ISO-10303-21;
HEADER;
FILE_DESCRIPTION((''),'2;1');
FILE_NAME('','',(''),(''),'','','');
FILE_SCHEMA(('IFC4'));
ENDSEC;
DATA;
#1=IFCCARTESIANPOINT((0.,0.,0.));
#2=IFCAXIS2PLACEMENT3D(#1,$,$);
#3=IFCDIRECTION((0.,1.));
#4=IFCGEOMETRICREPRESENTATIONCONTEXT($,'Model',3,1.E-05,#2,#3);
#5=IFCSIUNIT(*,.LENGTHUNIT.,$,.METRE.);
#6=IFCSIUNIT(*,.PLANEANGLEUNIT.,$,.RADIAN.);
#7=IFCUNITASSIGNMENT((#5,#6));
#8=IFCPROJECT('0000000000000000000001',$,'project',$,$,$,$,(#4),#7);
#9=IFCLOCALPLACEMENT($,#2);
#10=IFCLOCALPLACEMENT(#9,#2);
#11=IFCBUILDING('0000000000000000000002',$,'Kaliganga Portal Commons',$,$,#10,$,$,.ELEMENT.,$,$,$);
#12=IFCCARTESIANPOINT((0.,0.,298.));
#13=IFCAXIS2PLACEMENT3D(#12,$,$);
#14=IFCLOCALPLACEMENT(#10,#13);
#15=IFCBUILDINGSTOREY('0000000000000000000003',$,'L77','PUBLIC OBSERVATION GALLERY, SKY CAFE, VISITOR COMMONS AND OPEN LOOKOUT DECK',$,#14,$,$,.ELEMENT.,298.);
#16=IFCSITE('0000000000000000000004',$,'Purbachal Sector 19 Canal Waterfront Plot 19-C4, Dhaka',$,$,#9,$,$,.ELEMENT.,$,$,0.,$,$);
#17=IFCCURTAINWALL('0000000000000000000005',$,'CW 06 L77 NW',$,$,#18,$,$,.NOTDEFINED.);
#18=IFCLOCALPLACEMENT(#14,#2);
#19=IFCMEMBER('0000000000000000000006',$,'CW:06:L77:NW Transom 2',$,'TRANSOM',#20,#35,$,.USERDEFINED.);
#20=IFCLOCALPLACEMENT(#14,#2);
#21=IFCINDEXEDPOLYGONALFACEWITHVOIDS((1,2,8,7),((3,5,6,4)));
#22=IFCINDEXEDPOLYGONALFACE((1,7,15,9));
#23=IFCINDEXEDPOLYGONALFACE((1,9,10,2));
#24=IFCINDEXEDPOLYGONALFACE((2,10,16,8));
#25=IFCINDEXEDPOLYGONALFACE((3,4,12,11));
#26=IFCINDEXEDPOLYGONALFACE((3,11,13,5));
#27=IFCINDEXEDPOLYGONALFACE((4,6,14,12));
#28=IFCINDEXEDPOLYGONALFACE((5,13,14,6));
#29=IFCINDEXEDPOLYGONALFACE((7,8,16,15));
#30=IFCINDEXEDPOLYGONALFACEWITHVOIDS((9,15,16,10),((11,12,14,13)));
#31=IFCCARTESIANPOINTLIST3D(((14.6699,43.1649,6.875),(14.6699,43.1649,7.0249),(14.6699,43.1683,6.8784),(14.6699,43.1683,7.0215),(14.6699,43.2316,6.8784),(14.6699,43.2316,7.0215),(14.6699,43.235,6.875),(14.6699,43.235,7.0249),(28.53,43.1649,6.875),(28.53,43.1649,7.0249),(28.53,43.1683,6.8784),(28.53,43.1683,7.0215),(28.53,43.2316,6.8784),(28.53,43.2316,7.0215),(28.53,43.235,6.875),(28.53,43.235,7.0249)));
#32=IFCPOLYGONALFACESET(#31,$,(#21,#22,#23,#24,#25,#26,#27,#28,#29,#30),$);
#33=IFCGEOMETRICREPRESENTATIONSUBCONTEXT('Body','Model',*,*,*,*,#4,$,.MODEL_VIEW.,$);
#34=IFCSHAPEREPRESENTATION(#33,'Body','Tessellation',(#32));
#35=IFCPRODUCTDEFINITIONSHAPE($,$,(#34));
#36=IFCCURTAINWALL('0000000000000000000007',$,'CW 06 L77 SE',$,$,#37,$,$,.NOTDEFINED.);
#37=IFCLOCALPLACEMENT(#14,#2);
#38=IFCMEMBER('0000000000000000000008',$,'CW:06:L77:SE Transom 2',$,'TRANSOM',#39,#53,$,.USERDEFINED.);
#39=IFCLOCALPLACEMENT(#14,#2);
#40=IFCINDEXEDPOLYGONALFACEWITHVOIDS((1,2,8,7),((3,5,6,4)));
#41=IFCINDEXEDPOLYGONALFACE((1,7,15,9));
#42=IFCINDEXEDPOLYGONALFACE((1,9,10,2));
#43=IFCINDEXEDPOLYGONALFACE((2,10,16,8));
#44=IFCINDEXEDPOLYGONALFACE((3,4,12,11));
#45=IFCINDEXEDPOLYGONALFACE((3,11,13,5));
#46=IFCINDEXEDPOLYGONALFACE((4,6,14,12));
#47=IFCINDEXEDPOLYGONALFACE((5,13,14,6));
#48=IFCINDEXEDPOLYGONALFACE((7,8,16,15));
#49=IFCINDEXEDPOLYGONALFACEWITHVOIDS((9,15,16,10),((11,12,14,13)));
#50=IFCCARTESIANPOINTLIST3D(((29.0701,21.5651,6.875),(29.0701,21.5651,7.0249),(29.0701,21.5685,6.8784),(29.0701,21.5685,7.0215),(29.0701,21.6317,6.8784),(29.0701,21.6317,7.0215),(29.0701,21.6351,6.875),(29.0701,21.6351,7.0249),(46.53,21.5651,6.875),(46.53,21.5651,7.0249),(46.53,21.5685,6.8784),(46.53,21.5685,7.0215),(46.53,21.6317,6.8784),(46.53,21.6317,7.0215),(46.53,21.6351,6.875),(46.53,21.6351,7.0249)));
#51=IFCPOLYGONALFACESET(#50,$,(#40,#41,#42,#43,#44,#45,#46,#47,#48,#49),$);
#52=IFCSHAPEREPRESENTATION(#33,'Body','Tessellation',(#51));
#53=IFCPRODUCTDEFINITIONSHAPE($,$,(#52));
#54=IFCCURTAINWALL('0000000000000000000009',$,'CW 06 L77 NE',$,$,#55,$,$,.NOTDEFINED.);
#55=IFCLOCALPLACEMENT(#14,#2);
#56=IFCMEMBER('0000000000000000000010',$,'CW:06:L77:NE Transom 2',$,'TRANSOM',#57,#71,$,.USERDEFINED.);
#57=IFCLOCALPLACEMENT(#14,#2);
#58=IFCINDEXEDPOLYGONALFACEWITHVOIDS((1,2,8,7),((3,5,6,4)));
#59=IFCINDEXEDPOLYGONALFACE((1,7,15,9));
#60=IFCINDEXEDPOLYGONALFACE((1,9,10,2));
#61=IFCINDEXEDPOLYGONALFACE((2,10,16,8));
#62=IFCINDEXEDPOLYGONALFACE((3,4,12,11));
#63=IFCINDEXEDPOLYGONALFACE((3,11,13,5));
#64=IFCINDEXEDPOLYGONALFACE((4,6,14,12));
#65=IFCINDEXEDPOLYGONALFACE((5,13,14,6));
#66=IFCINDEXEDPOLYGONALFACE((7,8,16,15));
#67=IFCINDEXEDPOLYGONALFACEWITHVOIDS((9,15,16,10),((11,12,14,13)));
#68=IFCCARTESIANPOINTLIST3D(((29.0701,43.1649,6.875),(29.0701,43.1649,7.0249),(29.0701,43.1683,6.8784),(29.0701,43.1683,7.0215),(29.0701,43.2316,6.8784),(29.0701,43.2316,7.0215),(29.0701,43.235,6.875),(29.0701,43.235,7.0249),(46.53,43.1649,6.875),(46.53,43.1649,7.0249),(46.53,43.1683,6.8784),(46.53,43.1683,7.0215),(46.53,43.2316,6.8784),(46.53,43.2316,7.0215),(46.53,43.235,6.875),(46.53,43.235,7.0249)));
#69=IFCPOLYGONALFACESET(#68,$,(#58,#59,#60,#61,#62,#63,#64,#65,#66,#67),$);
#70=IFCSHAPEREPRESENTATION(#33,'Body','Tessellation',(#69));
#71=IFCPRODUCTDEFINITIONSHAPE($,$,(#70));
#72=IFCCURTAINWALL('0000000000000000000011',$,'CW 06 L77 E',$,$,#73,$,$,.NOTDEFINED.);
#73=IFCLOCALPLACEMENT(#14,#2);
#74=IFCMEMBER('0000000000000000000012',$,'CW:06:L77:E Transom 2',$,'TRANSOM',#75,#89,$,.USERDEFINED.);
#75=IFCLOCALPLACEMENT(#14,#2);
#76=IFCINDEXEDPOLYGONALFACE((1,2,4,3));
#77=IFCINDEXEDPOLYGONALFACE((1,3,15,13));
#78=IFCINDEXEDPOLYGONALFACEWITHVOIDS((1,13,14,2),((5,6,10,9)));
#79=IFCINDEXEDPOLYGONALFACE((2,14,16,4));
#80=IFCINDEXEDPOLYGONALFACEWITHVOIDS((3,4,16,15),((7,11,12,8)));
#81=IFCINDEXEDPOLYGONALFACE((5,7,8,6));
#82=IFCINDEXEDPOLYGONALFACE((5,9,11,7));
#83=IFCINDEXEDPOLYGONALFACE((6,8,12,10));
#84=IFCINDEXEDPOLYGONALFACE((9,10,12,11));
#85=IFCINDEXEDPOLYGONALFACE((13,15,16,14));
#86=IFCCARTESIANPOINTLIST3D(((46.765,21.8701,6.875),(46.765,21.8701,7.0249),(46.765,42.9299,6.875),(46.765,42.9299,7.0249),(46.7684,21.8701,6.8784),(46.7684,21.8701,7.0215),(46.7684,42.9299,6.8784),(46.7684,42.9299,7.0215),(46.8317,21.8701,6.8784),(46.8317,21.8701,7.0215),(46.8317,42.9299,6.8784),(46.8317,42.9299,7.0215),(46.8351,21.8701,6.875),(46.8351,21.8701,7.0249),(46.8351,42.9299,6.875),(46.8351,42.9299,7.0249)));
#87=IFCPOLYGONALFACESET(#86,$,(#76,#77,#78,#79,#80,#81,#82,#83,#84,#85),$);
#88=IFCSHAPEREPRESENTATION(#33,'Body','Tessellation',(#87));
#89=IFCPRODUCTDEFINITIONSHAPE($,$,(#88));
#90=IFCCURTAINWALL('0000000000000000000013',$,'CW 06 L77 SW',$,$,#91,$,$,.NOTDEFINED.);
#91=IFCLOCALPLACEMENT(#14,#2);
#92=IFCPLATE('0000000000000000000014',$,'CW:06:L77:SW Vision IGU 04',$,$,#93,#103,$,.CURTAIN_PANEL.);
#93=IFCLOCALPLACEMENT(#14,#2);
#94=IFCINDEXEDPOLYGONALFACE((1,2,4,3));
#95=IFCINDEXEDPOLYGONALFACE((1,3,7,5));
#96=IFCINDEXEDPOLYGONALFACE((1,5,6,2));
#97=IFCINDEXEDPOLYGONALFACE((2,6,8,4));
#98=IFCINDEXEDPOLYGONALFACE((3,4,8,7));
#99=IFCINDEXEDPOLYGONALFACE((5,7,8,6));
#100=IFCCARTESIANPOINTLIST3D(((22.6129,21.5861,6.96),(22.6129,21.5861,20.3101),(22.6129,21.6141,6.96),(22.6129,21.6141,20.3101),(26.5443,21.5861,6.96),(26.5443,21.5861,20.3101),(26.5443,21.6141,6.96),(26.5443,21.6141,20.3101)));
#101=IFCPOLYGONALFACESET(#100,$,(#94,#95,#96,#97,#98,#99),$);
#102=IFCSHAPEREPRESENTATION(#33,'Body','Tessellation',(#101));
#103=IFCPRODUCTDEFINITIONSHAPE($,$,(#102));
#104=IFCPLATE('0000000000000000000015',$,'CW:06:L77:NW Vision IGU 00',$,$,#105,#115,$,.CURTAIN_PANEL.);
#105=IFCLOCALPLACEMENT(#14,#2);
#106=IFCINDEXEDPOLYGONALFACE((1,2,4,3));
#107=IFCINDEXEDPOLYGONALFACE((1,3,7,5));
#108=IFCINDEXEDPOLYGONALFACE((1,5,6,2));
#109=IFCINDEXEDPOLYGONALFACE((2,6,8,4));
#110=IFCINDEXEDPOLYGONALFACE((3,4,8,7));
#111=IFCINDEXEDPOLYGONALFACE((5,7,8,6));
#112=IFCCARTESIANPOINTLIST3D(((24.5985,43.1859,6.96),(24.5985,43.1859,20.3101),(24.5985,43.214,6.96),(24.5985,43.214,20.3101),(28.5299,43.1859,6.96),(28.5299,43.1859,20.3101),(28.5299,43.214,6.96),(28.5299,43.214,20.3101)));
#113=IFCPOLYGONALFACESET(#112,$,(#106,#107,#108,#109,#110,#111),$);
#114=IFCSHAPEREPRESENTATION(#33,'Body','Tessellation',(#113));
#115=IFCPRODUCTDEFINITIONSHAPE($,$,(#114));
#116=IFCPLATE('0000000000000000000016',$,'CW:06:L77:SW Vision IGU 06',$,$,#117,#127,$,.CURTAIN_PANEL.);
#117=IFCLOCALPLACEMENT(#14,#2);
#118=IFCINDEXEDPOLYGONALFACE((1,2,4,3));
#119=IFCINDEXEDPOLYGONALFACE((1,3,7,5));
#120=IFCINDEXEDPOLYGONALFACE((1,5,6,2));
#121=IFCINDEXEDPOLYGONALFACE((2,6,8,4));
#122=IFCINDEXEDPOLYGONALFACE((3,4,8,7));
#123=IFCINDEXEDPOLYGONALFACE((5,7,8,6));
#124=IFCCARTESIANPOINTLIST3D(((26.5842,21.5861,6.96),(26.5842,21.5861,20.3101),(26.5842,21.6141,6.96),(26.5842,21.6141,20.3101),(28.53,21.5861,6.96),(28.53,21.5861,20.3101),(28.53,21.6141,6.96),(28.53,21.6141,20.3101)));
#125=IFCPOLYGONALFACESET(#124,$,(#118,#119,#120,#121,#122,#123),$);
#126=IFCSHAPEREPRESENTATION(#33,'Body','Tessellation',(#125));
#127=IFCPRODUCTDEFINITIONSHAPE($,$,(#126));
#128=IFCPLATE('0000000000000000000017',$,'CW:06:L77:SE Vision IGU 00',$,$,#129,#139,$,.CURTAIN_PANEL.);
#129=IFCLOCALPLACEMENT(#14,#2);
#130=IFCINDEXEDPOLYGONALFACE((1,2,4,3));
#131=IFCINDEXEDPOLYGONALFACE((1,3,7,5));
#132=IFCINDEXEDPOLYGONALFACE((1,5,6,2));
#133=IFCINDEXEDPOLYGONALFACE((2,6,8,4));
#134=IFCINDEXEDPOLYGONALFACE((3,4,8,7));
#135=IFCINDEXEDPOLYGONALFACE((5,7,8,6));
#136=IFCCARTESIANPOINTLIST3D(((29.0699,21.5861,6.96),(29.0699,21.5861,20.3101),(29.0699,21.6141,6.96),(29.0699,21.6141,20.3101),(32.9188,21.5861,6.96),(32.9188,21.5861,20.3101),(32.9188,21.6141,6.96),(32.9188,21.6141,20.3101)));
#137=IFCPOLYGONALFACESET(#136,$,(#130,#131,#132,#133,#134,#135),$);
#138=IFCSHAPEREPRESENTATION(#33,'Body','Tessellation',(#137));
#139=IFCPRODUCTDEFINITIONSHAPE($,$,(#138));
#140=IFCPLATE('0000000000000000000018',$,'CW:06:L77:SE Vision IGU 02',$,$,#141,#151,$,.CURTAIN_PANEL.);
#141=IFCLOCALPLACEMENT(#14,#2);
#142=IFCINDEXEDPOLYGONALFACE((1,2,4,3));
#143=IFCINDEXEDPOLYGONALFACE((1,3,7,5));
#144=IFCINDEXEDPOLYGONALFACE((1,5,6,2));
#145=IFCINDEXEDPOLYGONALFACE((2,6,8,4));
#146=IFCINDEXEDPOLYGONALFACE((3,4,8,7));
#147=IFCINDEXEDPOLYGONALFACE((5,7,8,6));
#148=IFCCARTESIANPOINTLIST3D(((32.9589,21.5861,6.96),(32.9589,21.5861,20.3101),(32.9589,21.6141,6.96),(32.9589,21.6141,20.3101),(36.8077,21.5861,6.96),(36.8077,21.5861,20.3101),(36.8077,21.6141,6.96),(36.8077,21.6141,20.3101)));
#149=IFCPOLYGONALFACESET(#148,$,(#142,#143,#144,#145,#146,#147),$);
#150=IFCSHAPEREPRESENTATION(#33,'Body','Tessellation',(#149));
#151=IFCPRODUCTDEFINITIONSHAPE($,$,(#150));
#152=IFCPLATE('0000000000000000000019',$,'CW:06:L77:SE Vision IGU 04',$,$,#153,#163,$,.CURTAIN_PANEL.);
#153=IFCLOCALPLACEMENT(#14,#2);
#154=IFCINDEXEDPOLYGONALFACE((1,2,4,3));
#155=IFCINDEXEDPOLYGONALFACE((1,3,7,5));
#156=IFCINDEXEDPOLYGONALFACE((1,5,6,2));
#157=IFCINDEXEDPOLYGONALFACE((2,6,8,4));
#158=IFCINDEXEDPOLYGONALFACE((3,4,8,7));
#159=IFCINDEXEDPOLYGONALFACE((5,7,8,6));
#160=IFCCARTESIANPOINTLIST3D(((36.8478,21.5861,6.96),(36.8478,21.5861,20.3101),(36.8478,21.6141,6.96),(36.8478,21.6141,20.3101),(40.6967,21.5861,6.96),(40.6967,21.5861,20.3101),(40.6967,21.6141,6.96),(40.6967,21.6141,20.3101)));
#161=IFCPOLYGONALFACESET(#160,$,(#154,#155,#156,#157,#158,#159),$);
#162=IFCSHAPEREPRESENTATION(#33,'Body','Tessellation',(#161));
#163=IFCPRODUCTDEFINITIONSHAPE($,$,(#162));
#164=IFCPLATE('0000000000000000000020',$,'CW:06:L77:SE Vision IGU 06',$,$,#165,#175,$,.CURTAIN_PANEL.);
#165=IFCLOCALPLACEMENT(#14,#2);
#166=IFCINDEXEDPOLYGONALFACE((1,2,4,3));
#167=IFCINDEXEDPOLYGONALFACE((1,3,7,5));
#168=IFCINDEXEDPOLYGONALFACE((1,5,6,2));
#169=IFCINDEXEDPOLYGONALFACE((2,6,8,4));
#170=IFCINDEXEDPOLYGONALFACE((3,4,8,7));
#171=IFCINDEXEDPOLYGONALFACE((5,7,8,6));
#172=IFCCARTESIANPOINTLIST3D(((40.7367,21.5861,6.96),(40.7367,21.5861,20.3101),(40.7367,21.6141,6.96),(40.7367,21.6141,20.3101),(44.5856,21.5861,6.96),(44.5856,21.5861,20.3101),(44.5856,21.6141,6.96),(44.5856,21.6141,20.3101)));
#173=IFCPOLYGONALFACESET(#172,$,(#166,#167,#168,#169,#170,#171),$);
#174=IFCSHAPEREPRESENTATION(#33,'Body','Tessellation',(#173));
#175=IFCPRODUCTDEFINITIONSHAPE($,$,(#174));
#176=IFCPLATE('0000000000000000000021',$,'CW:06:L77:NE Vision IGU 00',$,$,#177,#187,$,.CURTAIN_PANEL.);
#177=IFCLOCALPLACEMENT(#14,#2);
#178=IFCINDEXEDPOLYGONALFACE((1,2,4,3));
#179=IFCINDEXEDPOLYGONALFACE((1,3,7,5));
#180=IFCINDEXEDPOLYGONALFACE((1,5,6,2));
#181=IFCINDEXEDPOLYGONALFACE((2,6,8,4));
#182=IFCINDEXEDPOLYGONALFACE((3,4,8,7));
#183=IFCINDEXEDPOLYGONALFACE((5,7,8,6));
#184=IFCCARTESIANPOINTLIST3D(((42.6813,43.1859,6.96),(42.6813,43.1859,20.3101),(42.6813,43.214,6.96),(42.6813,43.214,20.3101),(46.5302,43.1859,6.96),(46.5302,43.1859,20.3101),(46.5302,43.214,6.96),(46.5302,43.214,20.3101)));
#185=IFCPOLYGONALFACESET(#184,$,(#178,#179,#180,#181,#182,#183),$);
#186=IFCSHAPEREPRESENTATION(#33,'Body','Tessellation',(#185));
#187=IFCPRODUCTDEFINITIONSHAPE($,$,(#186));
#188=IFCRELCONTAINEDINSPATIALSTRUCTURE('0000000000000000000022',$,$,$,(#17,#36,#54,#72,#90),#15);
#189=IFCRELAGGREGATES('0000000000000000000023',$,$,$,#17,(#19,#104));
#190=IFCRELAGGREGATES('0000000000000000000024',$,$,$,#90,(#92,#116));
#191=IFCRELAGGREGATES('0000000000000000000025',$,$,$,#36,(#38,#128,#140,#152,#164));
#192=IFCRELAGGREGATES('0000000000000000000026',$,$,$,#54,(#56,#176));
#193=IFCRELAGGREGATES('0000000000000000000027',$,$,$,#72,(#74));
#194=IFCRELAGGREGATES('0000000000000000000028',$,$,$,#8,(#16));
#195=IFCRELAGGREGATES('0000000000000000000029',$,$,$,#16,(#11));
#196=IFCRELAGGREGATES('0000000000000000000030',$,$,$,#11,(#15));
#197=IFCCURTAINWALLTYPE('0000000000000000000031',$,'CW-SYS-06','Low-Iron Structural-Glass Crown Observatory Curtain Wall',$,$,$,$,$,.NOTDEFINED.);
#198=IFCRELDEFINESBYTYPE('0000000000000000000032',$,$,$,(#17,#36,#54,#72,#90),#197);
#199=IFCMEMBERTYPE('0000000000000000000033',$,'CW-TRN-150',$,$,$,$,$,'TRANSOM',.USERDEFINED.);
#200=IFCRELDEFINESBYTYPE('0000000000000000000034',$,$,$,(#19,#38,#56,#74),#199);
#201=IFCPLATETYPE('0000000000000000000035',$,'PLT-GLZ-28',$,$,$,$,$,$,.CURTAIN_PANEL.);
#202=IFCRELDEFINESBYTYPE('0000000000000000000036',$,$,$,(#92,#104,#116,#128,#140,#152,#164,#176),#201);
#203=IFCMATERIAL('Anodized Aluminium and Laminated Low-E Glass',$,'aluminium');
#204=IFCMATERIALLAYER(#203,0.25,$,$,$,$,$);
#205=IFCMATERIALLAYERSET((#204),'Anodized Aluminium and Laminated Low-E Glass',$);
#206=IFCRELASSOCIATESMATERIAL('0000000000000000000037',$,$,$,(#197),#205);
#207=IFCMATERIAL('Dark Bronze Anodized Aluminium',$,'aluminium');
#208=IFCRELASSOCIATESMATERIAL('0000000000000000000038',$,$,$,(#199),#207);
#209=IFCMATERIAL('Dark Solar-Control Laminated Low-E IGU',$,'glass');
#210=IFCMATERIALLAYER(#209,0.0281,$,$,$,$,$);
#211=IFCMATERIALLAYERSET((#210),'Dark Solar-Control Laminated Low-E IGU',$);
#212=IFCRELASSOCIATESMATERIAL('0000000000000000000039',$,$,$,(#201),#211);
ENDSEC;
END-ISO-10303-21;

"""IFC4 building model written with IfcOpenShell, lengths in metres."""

from ifc_helpers import new_model, si_unit, direction, frame, origin, origin_2d, place, context, subcontext, project, spatial, rectangle, hollow_rectangle, extrude, source, transform, mapped, material, layer, layer_set, material_profile, profile_set, type_object, element, aggregate, save


model = new_model("IFC4")

# Units and contexts
model_context = context("Model", 3, precision=1e-05, world=origin(), true_north=direction((0.0, 1.0)))
body_context = subcontext(model_context, "Body", "Model", "MODEL_VIEW")
ifc_project = project(units=[si_unit("LENGTHUNIT", "METRE"), si_unit("PLANEANGLEUNIT", "RADIAN")], contexts=[model_context])

# Site, building, storey
site_placement = place(None, origin())
site = spatial("IfcSite", under=ifc_project, at=site_placement, Name="Purbachal Sector 19 Canal Waterfront Plot 19-C4, Dhaka", CompositionType="ELEMENT", RefElevation=0.0)
building_placement = place(site_placement, origin())
building = spatial("IfcBuilding", under=site, at=building_placement, Name="Kaliganga Portal Commons", CompositionType="ELEMENT")
storey_placement = place(building_placement, frame((0.0, 0.0, 298.0)))
storey = spatial("IfcBuildingStorey", under=building, at=storey_placement, Name="L77", Description="PUBLIC OBSERVATION GALLERY, SKY CAFE, VISITOR COMMONS AND OPEN LOOKOUT DECK", CompositionType="ELEMENT", Elevation=298.0)

# Curtain walls, members
ifc_material_1 = material(Name="Anodized Aluminium and Laminated Low-E Glass", Category="aluminium")
ifc_layer_1 = layer(ifc_material_1, 0.25)
ifc_layer_set_1 = layer_set([ifc_layer_1], Name="Anodized Aluminium and Laminated Low-E Glass")
curtain_wall_type = type_object("IfcCurtainWallType", Name="CW-SYS-06", Description="Low-Iron Structural-Glass Crown Observatory Curtain Wall", PredefinedType="NOTDEFINED", material=ifc_layer_set_1)
curtain_wall_1_placement = place(storey_placement, origin())
curtain_wall_1 = element("IfcCurtainWall", 1, at=curtain_wall_1_placement, inside=storey, type_object=curtain_wall_type, Name="CW 06 L77 NW", PredefinedType="NOTDEFINED")
ifc_material_2 = material(Name="Dark Bronze Anodized Aluminium", Category="aluminium")
ifc_material_profile = material_profile(ifc_material_2, hollow_rectangle(XDim=0.0701, YDim=0.1499, WallThickness=0.0034, at=origin_2d()), Name="ALU TRAN 70x150x3.5")
ifc_profile_set = profile_set([ifc_material_profile], Name="Dark Bronze Anodized Aluminium")
member_type = type_object("IfcMemberType", Name="CW-TRN-150", ElementType="TRANSOM", PredefinedType="USERDEFINED", material=ifc_profile_set)
shared_shape_1 = source(origin(), body_context, "Body", "SweptSolid", [
    extrude(hollow_rectangle(XDim=0.0701, YDim=0.1499, WallThickness=0.0034, at=origin_2d()), origin(), (0.0, 0.0, 1.0), 13.8601),
])
member_1_placement = place(storey_placement, frame((28.53, 43.2, 6.95), z_axis=(-1.0, 0.0, 0.0), x_axis=(0.0, -1.0, 0.0)))
member_1 = element("IfcMember", 2, at=member_1_placement, type_object=member_type, Name="CW:06:L77:NW Transom 2", ObjectType="TRANSOM", PredefinedType="USERDEFINED", context=body_context, shape_type="MappedRepresentation", body=[
    mapped(shared_shape_1, transform((0.0, 0.0, 0.0), x_axis=(1.0, 0.0, 0.0), y_axis=(0.0, 1.0, 0.0), z_axis=(0.0, 0.0, 1.0), scale=1.0)),
])
curtain_wall_2_placement = place(storey_placement, origin())
curtain_wall_2 = element("IfcCurtainWall", 3, at=curtain_wall_2_placement, inside=storey, type_object=curtain_wall_type, Name="CW 06 L77 SE", PredefinedType="NOTDEFINED")
shared_shape_2 = source(origin(), body_context, "Body", "SweptSolid", [
    extrude(hollow_rectangle(XDim=0.0701, YDim=0.1499, WallThickness=0.0034, at=origin_2d()), origin(), (0.0, 0.0, 1.0), 17.46),
])
member_2_placement = place(storey_placement, frame((29.0701, 21.6001, 6.95), z_axis=(1.0, 0.0, 0.0), x_axis=(0.0, 1.0, 0.0)))
member_2 = element("IfcMember", 4, at=member_2_placement, type_object=member_type, Name="CW:06:L77:SE Transom 2", ObjectType="TRANSOM", PredefinedType="USERDEFINED", context=body_context, shape_type="MappedRepresentation", body=[
    mapped(shared_shape_2, transform((0.0, 0.0, 0.0), x_axis=(1.0, 0.0, 0.0), y_axis=(0.0, 1.0, 0.0), z_axis=(0.0, 0.0, 1.0), scale=1.0)),
])
curtain_wall_3_placement = place(storey_placement, origin())
curtain_wall_3 = element("IfcCurtainWall", 5, at=curtain_wall_3_placement, inside=storey, type_object=curtain_wall_type, Name="CW 06 L77 NE", PredefinedType="NOTDEFINED")
member_3_placement = place(storey_placement, frame((46.53, 43.2, 6.95), z_axis=(-1.0, 0.0, 0.0), x_axis=(0.0, -1.0, 0.0)))
member_3 = element("IfcMember", 6, at=member_3_placement, type_object=member_type, Name="CW:06:L77:NE Transom 2", ObjectType="TRANSOM", PredefinedType="USERDEFINED", context=body_context, shape_type="MappedRepresentation", body=[
    mapped(shared_shape_2, transform((0.0, 0.0, 0.0), x_axis=(1.0, 0.0, 0.0), y_axis=(0.0, 1.0, 0.0), z_axis=(0.0, 0.0, 1.0), scale=1.0)),
])
curtain_wall_4_placement = place(storey_placement, origin())
curtain_wall_4 = element("IfcCurtainWall", 7, at=curtain_wall_4_placement, inside=storey, type_object=curtain_wall_type, Name="CW 06 L77 E", PredefinedType="NOTDEFINED")
shared_shape_3 = source(origin(), body_context, "Body", "SweptSolid", [
    extrude(hollow_rectangle(XDim=0.0701, YDim=0.1499, WallThickness=0.0034, at=origin_2d()), origin(), (0.0, 0.0, 1.0), 21.0598),
])
member_4_placement = place(storey_placement, frame((46.8, 21.8701, 6.95), z_axis=(0.0, 1.0, 0.0), x_axis=(-1.0, 0.0, 0.0)))
member_4 = element("IfcMember", 8, at=member_4_placement, type_object=member_type, Name="CW:06:L77:E Transom 2", ObjectType="TRANSOM", PredefinedType="USERDEFINED", context=body_context, shape_type="MappedRepresentation", body=[
    mapped(shared_shape_3, transform((0.0, 0.0, 0.0), x_axis=(1.0, 0.0, 0.0), y_axis=(0.0, 1.0, 0.0), z_axis=(0.0, 0.0, 1.0), scale=1.0)),
])

# Curtain wall, plate
curtain_wall_5_placement = place(storey_placement, origin())
curtain_wall_5 = element("IfcCurtainWall", 9, at=curtain_wall_5_placement, inside=storey, type_object=curtain_wall_type, Name="CW 06 L77 SW", PredefinedType="NOTDEFINED")
ifc_material_3 = material(Name="Dark Solar-Control Laminated Low-E IGU", Category="glass")
ifc_layer_2 = layer(ifc_material_3, 0.0281)
ifc_layer_set_2 = layer_set([ifc_layer_2], Name="Dark Solar-Control Laminated Low-E IGU")
plate_type = type_object("IfcPlateType", Name="PLT-GLZ-28", PredefinedType="CURTAIN_PANEL", material=ifc_layer_set_2)
shared_shape_4 = source(origin(), body_context, "Body", "SweptSolid", [
    extrude(rectangle(XDim=3.9314, YDim=0.0281, at=origin_2d()), origin(), (0.0, 0.0, 1.0), 13.3501),
])
plate_1_placement = place(storey_placement, frame((24.5786, 21.6001, 6.96), z_axis=(0.0, 0.0, 1.0), x_axis=(1.0, 0.0, 0.0)))
plate_1 = element("IfcPlate", 10, at=plate_1_placement, type_object=plate_type, Name="CW:06:L77:SW Vision IGU 04", PredefinedType="CURTAIN_PANEL", context=body_context, shape_type="MappedRepresentation", body=[
    mapped(shared_shape_4, transform((0.0, 0.0, 0.0), x_axis=(1.0, 0.0, 0.0), y_axis=(0.0, 1.0, 0.0), z_axis=(0.0, 0.0, 1.0), scale=1.0)),
])

# Plates
plate_2_placement = place(storey_placement, frame((26.5642, 43.2, 6.96), z_axis=(0.0, 0.0, 1.0), x_axis=(-1.0, 0.0, 0.0)))
plate_2 = element("IfcPlate", 11, at=plate_2_placement, type_object=plate_type, Name="CW:06:L77:NW Vision IGU 00", PredefinedType="CURTAIN_PANEL", context=body_context, shape_type="MappedRepresentation", body=[
    mapped(shared_shape_4, transform((0.0, 0.0, 0.0), x_axis=(1.0, 0.0, 0.0), y_axis=(0.0, 1.0, 0.0), z_axis=(0.0, 0.0, 1.0), scale=1.0)),
])
aggregate(curtain_wall_1, [member_1, plate_2])
shared_shape_5 = source(origin(), body_context, "Body", "SweptSolid", [
    extrude(rectangle(XDim=1.9458, YDim=0.0281, at=origin_2d()), origin(), (0.0, 0.0, 1.0), 13.3501),
])
plate_3_placement = place(storey_placement, frame((27.5571, 21.6001, 6.96), z_axis=(0.0, 0.0, 1.0), x_axis=(1.0, 0.0, 0.0)))
plate_3 = element("IfcPlate", 12, at=plate_3_placement, type_object=plate_type, Name="CW:06:L77:SW Vision IGU 06", PredefinedType="CURTAIN_PANEL", context=body_context, shape_type="MappedRepresentation", body=[
    mapped(shared_shape_5, transform((0.0, 0.0, 0.0), x_axis=(1.0, 0.0, 0.0), y_axis=(0.0, 1.0, 0.0), z_axis=(0.0, 0.0, 1.0), scale=1.0)),
])
aggregate(curtain_wall_5, [plate_1, plate_3])
shared_shape_6 = source(origin(), body_context, "Body", "SweptSolid", [
    extrude(rectangle(XDim=3.8489, YDim=0.0281, at=origin_2d()), origin(), (0.0, 0.0, 1.0), 13.3501),
])
plate_4_placement = place(storey_placement, frame((30.9944, 21.6001, 6.96), z_axis=(0.0, 0.0, 1.0), x_axis=(1.0, 0.0, 0.0)))
plate_4 = element("IfcPlate", 13, at=plate_4_placement, type_object=plate_type, Name="CW:06:L77:SE Vision IGU 00", PredefinedType="CURTAIN_PANEL", context=body_context, shape_type="MappedRepresentation", body=[
    mapped(shared_shape_6, transform((0.0, 0.0, 0.0), x_axis=(1.0, 0.0, 0.0), y_axis=(0.0, 1.0, 0.0), z_axis=(0.0, 0.0, 1.0), scale=1.0)),
])
plate_5_placement = place(storey_placement, frame((34.8833, 21.6001, 6.96), z_axis=(0.0, 0.0, 1.0), x_axis=(1.0, 0.0, 0.0)))
plate_5 = element("IfcPlate", 14, at=plate_5_placement, type_object=plate_type, Name="CW:06:L77:SE Vision IGU 02", PredefinedType="CURTAIN_PANEL", context=body_context, shape_type="MappedRepresentation", body=[
    mapped(shared_shape_6, transform((0.0, 0.0, 0.0), x_axis=(1.0, 0.0, 0.0), y_axis=(0.0, 1.0, 0.0), z_axis=(0.0, 0.0, 1.0), scale=1.0)),
])
plate_6_placement = place(storey_placement, frame((38.7722, 21.6001, 6.96), z_axis=(0.0, 0.0, 1.0), x_axis=(1.0, 0.0, 0.0)))
plate_6 = element("IfcPlate", 15, at=plate_6_placement, type_object=plate_type, Name="CW:06:L77:SE Vision IGU 04", PredefinedType="CURTAIN_PANEL", context=body_context, shape_type="MappedRepresentation", body=[
    mapped(shared_shape_6, transform((0.0, 0.0, 0.0), x_axis=(1.0, 0.0, 0.0), y_axis=(0.0, 1.0, 0.0), z_axis=(0.0, 0.0, 1.0), scale=1.0)),
])
plate_7_placement = place(storey_placement, frame((42.6611, 21.6001, 6.96), z_axis=(0.0, 0.0, 1.0), x_axis=(1.0, 0.0, 0.0)))
plate_7 = element("IfcPlate", 16, at=plate_7_placement, type_object=plate_type, Name="CW:06:L77:SE Vision IGU 06", PredefinedType="CURTAIN_PANEL", context=body_context, shape_type="MappedRepresentation", body=[
    mapped(shared_shape_6, transform((0.0, 0.0, 0.0), x_axis=(1.0, 0.0, 0.0), y_axis=(0.0, 1.0, 0.0), z_axis=(0.0, 0.0, 1.0), scale=1.0)),
])
plate_8_placement = place(storey_placement, frame((44.6057, 43.2, 6.96), z_axis=(0.0, 0.0, 1.0), x_axis=(-1.0, 0.0, 0.0)))
plate_8 = element("IfcPlate", 17, at=plate_8_placement, type_object=plate_type, Name="CW:06:L77:NE Vision IGU 00", PredefinedType="CURTAIN_PANEL", context=body_context, shape_type="MappedRepresentation", body=[
    mapped(shared_shape_6, transform((0.0, 0.0, 0.0), x_axis=(1.0, 0.0, 0.0), y_axis=(0.0, 1.0, 0.0), z_axis=(0.0, 0.0, 1.0), scale=1.0)),
])
aggregate(curtain_wall_2, [member_2, plate_4, plate_5, plate_6, plate_7])
aggregate(curtain_wall_3, [member_3, plate_8])
aggregate(curtain_wall_4, [member_4])

save(model, "model.ifc")
